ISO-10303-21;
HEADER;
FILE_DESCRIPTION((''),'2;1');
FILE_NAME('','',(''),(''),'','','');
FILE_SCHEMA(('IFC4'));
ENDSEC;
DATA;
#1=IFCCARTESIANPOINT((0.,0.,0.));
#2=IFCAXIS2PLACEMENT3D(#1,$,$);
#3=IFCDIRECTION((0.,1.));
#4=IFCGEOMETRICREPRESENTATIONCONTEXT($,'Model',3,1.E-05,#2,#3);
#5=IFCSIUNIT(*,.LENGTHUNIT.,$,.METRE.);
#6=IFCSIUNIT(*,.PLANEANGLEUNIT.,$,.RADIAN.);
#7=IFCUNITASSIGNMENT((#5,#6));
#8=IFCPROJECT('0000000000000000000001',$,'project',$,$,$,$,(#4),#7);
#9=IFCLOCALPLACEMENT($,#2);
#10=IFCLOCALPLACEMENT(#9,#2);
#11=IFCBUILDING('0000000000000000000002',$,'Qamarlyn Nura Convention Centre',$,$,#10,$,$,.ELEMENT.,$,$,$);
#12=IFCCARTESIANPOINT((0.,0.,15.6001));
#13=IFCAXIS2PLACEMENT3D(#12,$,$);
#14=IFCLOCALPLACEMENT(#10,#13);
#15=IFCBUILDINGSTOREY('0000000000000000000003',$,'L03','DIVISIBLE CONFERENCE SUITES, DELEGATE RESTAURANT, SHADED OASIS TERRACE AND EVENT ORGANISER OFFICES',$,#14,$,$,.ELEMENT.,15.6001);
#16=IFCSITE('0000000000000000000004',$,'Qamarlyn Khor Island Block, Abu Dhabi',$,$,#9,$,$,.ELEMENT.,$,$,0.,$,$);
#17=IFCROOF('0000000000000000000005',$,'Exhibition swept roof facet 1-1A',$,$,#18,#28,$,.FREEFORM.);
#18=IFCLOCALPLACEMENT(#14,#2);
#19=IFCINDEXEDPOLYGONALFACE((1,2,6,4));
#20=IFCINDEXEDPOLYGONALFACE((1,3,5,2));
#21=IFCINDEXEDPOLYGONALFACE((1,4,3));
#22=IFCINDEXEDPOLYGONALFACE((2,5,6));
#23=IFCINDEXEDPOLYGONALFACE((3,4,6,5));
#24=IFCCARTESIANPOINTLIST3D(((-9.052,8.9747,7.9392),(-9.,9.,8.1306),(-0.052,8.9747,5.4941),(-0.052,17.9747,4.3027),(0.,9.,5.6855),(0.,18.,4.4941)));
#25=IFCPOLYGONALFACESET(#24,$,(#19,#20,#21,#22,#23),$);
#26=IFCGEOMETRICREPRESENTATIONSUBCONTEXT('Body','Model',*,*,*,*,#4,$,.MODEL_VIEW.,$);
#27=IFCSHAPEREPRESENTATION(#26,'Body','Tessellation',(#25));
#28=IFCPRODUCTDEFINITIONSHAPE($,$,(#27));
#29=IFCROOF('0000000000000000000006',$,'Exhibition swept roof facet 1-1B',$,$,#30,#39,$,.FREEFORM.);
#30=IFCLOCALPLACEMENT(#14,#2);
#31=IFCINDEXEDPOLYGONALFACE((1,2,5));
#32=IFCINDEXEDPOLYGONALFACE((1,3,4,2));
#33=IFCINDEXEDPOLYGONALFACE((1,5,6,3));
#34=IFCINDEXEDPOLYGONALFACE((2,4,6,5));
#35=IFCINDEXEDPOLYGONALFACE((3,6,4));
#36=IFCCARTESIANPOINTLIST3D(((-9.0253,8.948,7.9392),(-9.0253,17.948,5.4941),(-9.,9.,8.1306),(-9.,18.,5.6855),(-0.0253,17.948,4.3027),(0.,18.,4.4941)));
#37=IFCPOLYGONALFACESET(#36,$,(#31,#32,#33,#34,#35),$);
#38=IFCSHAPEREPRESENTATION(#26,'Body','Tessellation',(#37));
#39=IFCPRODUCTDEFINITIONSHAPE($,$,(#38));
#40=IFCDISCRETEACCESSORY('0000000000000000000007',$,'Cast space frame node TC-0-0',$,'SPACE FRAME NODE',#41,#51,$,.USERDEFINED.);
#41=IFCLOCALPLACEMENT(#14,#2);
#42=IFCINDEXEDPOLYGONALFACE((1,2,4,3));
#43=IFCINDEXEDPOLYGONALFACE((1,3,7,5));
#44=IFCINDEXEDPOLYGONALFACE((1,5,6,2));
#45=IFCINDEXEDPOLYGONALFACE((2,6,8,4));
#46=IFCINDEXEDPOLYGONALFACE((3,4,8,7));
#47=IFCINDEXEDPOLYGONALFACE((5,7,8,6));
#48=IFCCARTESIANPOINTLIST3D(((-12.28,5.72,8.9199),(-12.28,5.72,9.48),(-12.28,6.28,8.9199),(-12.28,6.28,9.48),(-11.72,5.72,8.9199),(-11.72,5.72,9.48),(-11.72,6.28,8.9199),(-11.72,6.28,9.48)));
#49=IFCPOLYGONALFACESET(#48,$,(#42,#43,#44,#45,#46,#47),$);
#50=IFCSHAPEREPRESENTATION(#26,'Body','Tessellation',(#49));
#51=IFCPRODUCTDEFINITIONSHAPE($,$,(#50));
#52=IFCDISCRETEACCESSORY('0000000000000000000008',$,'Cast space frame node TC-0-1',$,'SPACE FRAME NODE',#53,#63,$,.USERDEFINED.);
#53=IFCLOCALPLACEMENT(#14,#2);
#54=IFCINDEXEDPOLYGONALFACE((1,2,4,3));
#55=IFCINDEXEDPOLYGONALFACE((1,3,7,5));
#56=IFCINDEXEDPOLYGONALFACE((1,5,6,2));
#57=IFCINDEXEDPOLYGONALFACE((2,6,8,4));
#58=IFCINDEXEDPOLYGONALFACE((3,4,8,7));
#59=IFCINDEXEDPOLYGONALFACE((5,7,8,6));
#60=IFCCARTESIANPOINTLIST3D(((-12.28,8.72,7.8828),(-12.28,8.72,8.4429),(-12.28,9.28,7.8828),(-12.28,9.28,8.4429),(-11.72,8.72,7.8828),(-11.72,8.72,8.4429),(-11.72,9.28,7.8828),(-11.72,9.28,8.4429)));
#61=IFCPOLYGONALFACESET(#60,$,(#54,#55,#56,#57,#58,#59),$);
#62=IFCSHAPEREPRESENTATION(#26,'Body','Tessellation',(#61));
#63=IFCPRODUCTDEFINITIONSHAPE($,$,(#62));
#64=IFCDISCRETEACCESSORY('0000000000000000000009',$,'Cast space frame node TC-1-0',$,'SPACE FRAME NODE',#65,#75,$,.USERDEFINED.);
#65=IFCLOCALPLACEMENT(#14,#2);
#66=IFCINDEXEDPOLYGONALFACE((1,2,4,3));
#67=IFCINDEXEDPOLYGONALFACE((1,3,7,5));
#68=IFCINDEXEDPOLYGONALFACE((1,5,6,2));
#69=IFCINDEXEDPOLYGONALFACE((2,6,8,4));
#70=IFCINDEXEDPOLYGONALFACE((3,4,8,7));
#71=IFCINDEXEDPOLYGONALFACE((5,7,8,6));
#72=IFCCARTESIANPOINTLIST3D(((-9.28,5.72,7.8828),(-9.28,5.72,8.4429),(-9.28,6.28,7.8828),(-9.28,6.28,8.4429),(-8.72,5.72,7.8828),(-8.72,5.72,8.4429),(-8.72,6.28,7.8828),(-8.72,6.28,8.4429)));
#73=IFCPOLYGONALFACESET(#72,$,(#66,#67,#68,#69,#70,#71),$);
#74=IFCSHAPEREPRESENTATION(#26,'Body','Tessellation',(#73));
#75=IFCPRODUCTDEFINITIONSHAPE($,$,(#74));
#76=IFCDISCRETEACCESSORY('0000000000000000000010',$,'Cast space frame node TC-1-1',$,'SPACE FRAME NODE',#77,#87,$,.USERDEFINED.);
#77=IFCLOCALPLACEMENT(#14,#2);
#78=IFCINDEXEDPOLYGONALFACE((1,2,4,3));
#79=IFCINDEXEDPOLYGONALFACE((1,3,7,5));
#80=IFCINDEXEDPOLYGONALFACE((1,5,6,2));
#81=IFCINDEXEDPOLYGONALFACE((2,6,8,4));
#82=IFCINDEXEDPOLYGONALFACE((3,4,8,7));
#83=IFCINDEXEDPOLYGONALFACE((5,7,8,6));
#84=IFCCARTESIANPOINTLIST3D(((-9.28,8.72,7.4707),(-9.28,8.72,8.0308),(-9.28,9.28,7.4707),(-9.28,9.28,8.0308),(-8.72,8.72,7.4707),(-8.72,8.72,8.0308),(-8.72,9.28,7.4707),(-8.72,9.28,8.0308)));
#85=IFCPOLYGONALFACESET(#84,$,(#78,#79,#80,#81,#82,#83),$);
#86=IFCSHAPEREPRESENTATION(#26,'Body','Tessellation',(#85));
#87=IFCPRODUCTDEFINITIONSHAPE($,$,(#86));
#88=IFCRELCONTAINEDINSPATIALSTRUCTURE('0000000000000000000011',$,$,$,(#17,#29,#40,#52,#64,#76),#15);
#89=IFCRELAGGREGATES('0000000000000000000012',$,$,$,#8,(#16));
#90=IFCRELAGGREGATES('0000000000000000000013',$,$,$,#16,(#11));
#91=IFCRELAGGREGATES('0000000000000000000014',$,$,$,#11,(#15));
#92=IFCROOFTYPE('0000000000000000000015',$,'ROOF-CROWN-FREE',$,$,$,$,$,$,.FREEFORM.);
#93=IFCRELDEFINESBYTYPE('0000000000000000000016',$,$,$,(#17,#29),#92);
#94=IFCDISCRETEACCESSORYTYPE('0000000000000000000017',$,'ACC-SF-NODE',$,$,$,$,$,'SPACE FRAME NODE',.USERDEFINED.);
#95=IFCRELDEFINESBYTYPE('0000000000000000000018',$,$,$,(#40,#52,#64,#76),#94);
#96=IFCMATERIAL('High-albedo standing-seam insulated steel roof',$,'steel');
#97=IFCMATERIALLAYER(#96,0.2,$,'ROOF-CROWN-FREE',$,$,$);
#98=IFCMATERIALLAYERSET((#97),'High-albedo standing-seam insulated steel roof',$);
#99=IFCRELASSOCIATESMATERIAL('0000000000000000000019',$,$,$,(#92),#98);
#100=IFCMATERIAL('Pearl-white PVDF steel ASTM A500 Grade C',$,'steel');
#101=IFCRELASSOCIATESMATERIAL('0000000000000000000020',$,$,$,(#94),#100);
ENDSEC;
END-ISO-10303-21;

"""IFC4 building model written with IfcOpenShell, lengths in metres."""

from ifc_helpers import new_model, si_unit, direction, frame, origin, origin_2d, place, context, subcontext, project, spatial, polyline, rectangle, outline, extrude, material, layer, layer_set, type_object, element, save


model = new_model("IFC4")

# Units and contexts
model_context = context("Model", 3, precision=1e-05, world=origin(), true_north=direction((0.0, 1.0)))
body_context = subcontext(model_context, "Body", "Model", "MODEL_VIEW")
ifc_project = project(units=[si_unit("LENGTHUNIT", "METRE"), si_unit("PLANEANGLEUNIT", "RADIAN")], contexts=[model_context])

# Site, building, storey
site_placement = place(None, origin())
site = spatial("IfcSite", under=ifc_project, at=site_placement, Name="Qamarlyn Khor Island Block, Abu Dhabi", CompositionType="ELEMENT", RefElevation=0.0)
building_placement = place(site_placement, origin())
building = spatial("IfcBuilding", under=site, at=building_placement, Name="Qamarlyn Nura Convention Centre", CompositionType="ELEMENT")
storey_placement = place(building_placement, frame((0.0, 0.0, 15.6001)))
storey = spatial("IfcBuildingStorey", under=building, at=storey_placement, Name="L03", Description="DIVISIBLE CONFERENCE SUITES, DELEGATE RESTAURANT, SHADED OASIS TERRACE AND EVENT ORGANISER OFFICES", CompositionType="ELEMENT", Elevation=15.6001)

# Shared definitions
ifc_material_1 = material(Name="Pearl-white PVDF steel ASTM A500 Grade C", Category="steel")

# Roofs
ifc_material_2 = material(Name="High-albedo standing-seam insulated steel roof", Category="steel")
ifc_layer_1 = layer(ifc_material_2, 0.2, Name="ROOF-CROWN-FREE")
ifc_layer_set_1 = layer_set([ifc_layer_1], Name="High-albedo standing-seam insulated steel roof")
roof_type = type_object("IfcRoofType", Name="ROOF-CROWN-FREE", PredefinedType="FREEFORM", material=ifc_layer_set_1)
roof_1_placement = place(storey_placement, frame((-9.0, 9.0, 8.1306), z_axis=(0.260058, 0.126718, 0.957242), x_axis=(0.965021, 0.0, -0.262171)))
element("IfcRoof", 1, at=roof_1_placement, inside=storey, type_object=roof_type, Name="Exhibition swept roof facet 1-1A", PredefinedType="FREEFORM", context=body_context, shape_type="SweptSolid", body=[
    extrude(outline(polyline([(0.0, 0.0), (9.3262, 0.0), (9.6386, 9.0731), (0.0, 0.0)])), origin(), (0.0, 0.0, -1.0), 0.2),
])
roof_2_placement = place(storey_placement, frame((-9.0, 9.0, 8.1306), z_axis=(0.126718, 0.260058, 0.957242), x_axis=(0.679901, 0.679901, -0.274716)))
element("IfcRoof", 2, at=roof_2_placement, inside=storey, type_object=roof_type, Name="Exhibition swept roof facet 1-1B", PredefinedType="FREEFORM", context=body_context, shape_type="SweptSolid", body=[
    extrude(outline(polyline([(0.0, 0.0), (13.2372, 0.0), (6.7908, 6.3924), (0.0, 0.0)])), origin(), (0.0, 0.0, -1.0), 0.2),
])

# Discrete accessories
discrete_accessory_type = type_object("IfcDiscreteAccessoryType", Name="ACC-SF-NODE", ElementType="SPACE FRAME NODE", PredefinedType="USERDEFINED", material=ifc_material_1)
for number, where, z_axis, x_axis, name in (
    (3, (-12.0, 6.0, 8.9199), (0.0, 0.0, 1.0), (1.0, 0.0, 0.0), "Cast space frame node TC-0-0"),
    (4, (-12.0, 9.0, 7.8828), (0.0, 0.0, 1.0), (1.0, 0.0, 0.0), "Cast space frame node TC-0-1"),
    (5, (-9.0, 6.0, 7.8828), (0.0, 0.0, 1.0), (1.0, 0.0, 0.0), "Cast space frame node TC-1-0"),
    (6, (-9.0, 9.0, 7.4707), (0.0, 0.0, 1.0), (1.0, 0.0, 0.0), "Cast space frame node TC-1-1"),
):
    element("IfcDiscreteAccessory", number, at=place(storey_placement, frame(where, z_axis=z_axis, x_axis=x_axis)), inside=storey, type_object=discrete_accessory_type, Name=name, ObjectType="SPACE FRAME NODE", PredefinedType="USERDEFINED", context=body_context, shape_type="SweptSolid", body=[
        extrude(rectangle(XDim=0.5601, YDim=0.5601, at=origin_2d()), origin(), (0.0, 0.0, 1.0), 0.5601),
    ])

save(model, "model.ifc")
